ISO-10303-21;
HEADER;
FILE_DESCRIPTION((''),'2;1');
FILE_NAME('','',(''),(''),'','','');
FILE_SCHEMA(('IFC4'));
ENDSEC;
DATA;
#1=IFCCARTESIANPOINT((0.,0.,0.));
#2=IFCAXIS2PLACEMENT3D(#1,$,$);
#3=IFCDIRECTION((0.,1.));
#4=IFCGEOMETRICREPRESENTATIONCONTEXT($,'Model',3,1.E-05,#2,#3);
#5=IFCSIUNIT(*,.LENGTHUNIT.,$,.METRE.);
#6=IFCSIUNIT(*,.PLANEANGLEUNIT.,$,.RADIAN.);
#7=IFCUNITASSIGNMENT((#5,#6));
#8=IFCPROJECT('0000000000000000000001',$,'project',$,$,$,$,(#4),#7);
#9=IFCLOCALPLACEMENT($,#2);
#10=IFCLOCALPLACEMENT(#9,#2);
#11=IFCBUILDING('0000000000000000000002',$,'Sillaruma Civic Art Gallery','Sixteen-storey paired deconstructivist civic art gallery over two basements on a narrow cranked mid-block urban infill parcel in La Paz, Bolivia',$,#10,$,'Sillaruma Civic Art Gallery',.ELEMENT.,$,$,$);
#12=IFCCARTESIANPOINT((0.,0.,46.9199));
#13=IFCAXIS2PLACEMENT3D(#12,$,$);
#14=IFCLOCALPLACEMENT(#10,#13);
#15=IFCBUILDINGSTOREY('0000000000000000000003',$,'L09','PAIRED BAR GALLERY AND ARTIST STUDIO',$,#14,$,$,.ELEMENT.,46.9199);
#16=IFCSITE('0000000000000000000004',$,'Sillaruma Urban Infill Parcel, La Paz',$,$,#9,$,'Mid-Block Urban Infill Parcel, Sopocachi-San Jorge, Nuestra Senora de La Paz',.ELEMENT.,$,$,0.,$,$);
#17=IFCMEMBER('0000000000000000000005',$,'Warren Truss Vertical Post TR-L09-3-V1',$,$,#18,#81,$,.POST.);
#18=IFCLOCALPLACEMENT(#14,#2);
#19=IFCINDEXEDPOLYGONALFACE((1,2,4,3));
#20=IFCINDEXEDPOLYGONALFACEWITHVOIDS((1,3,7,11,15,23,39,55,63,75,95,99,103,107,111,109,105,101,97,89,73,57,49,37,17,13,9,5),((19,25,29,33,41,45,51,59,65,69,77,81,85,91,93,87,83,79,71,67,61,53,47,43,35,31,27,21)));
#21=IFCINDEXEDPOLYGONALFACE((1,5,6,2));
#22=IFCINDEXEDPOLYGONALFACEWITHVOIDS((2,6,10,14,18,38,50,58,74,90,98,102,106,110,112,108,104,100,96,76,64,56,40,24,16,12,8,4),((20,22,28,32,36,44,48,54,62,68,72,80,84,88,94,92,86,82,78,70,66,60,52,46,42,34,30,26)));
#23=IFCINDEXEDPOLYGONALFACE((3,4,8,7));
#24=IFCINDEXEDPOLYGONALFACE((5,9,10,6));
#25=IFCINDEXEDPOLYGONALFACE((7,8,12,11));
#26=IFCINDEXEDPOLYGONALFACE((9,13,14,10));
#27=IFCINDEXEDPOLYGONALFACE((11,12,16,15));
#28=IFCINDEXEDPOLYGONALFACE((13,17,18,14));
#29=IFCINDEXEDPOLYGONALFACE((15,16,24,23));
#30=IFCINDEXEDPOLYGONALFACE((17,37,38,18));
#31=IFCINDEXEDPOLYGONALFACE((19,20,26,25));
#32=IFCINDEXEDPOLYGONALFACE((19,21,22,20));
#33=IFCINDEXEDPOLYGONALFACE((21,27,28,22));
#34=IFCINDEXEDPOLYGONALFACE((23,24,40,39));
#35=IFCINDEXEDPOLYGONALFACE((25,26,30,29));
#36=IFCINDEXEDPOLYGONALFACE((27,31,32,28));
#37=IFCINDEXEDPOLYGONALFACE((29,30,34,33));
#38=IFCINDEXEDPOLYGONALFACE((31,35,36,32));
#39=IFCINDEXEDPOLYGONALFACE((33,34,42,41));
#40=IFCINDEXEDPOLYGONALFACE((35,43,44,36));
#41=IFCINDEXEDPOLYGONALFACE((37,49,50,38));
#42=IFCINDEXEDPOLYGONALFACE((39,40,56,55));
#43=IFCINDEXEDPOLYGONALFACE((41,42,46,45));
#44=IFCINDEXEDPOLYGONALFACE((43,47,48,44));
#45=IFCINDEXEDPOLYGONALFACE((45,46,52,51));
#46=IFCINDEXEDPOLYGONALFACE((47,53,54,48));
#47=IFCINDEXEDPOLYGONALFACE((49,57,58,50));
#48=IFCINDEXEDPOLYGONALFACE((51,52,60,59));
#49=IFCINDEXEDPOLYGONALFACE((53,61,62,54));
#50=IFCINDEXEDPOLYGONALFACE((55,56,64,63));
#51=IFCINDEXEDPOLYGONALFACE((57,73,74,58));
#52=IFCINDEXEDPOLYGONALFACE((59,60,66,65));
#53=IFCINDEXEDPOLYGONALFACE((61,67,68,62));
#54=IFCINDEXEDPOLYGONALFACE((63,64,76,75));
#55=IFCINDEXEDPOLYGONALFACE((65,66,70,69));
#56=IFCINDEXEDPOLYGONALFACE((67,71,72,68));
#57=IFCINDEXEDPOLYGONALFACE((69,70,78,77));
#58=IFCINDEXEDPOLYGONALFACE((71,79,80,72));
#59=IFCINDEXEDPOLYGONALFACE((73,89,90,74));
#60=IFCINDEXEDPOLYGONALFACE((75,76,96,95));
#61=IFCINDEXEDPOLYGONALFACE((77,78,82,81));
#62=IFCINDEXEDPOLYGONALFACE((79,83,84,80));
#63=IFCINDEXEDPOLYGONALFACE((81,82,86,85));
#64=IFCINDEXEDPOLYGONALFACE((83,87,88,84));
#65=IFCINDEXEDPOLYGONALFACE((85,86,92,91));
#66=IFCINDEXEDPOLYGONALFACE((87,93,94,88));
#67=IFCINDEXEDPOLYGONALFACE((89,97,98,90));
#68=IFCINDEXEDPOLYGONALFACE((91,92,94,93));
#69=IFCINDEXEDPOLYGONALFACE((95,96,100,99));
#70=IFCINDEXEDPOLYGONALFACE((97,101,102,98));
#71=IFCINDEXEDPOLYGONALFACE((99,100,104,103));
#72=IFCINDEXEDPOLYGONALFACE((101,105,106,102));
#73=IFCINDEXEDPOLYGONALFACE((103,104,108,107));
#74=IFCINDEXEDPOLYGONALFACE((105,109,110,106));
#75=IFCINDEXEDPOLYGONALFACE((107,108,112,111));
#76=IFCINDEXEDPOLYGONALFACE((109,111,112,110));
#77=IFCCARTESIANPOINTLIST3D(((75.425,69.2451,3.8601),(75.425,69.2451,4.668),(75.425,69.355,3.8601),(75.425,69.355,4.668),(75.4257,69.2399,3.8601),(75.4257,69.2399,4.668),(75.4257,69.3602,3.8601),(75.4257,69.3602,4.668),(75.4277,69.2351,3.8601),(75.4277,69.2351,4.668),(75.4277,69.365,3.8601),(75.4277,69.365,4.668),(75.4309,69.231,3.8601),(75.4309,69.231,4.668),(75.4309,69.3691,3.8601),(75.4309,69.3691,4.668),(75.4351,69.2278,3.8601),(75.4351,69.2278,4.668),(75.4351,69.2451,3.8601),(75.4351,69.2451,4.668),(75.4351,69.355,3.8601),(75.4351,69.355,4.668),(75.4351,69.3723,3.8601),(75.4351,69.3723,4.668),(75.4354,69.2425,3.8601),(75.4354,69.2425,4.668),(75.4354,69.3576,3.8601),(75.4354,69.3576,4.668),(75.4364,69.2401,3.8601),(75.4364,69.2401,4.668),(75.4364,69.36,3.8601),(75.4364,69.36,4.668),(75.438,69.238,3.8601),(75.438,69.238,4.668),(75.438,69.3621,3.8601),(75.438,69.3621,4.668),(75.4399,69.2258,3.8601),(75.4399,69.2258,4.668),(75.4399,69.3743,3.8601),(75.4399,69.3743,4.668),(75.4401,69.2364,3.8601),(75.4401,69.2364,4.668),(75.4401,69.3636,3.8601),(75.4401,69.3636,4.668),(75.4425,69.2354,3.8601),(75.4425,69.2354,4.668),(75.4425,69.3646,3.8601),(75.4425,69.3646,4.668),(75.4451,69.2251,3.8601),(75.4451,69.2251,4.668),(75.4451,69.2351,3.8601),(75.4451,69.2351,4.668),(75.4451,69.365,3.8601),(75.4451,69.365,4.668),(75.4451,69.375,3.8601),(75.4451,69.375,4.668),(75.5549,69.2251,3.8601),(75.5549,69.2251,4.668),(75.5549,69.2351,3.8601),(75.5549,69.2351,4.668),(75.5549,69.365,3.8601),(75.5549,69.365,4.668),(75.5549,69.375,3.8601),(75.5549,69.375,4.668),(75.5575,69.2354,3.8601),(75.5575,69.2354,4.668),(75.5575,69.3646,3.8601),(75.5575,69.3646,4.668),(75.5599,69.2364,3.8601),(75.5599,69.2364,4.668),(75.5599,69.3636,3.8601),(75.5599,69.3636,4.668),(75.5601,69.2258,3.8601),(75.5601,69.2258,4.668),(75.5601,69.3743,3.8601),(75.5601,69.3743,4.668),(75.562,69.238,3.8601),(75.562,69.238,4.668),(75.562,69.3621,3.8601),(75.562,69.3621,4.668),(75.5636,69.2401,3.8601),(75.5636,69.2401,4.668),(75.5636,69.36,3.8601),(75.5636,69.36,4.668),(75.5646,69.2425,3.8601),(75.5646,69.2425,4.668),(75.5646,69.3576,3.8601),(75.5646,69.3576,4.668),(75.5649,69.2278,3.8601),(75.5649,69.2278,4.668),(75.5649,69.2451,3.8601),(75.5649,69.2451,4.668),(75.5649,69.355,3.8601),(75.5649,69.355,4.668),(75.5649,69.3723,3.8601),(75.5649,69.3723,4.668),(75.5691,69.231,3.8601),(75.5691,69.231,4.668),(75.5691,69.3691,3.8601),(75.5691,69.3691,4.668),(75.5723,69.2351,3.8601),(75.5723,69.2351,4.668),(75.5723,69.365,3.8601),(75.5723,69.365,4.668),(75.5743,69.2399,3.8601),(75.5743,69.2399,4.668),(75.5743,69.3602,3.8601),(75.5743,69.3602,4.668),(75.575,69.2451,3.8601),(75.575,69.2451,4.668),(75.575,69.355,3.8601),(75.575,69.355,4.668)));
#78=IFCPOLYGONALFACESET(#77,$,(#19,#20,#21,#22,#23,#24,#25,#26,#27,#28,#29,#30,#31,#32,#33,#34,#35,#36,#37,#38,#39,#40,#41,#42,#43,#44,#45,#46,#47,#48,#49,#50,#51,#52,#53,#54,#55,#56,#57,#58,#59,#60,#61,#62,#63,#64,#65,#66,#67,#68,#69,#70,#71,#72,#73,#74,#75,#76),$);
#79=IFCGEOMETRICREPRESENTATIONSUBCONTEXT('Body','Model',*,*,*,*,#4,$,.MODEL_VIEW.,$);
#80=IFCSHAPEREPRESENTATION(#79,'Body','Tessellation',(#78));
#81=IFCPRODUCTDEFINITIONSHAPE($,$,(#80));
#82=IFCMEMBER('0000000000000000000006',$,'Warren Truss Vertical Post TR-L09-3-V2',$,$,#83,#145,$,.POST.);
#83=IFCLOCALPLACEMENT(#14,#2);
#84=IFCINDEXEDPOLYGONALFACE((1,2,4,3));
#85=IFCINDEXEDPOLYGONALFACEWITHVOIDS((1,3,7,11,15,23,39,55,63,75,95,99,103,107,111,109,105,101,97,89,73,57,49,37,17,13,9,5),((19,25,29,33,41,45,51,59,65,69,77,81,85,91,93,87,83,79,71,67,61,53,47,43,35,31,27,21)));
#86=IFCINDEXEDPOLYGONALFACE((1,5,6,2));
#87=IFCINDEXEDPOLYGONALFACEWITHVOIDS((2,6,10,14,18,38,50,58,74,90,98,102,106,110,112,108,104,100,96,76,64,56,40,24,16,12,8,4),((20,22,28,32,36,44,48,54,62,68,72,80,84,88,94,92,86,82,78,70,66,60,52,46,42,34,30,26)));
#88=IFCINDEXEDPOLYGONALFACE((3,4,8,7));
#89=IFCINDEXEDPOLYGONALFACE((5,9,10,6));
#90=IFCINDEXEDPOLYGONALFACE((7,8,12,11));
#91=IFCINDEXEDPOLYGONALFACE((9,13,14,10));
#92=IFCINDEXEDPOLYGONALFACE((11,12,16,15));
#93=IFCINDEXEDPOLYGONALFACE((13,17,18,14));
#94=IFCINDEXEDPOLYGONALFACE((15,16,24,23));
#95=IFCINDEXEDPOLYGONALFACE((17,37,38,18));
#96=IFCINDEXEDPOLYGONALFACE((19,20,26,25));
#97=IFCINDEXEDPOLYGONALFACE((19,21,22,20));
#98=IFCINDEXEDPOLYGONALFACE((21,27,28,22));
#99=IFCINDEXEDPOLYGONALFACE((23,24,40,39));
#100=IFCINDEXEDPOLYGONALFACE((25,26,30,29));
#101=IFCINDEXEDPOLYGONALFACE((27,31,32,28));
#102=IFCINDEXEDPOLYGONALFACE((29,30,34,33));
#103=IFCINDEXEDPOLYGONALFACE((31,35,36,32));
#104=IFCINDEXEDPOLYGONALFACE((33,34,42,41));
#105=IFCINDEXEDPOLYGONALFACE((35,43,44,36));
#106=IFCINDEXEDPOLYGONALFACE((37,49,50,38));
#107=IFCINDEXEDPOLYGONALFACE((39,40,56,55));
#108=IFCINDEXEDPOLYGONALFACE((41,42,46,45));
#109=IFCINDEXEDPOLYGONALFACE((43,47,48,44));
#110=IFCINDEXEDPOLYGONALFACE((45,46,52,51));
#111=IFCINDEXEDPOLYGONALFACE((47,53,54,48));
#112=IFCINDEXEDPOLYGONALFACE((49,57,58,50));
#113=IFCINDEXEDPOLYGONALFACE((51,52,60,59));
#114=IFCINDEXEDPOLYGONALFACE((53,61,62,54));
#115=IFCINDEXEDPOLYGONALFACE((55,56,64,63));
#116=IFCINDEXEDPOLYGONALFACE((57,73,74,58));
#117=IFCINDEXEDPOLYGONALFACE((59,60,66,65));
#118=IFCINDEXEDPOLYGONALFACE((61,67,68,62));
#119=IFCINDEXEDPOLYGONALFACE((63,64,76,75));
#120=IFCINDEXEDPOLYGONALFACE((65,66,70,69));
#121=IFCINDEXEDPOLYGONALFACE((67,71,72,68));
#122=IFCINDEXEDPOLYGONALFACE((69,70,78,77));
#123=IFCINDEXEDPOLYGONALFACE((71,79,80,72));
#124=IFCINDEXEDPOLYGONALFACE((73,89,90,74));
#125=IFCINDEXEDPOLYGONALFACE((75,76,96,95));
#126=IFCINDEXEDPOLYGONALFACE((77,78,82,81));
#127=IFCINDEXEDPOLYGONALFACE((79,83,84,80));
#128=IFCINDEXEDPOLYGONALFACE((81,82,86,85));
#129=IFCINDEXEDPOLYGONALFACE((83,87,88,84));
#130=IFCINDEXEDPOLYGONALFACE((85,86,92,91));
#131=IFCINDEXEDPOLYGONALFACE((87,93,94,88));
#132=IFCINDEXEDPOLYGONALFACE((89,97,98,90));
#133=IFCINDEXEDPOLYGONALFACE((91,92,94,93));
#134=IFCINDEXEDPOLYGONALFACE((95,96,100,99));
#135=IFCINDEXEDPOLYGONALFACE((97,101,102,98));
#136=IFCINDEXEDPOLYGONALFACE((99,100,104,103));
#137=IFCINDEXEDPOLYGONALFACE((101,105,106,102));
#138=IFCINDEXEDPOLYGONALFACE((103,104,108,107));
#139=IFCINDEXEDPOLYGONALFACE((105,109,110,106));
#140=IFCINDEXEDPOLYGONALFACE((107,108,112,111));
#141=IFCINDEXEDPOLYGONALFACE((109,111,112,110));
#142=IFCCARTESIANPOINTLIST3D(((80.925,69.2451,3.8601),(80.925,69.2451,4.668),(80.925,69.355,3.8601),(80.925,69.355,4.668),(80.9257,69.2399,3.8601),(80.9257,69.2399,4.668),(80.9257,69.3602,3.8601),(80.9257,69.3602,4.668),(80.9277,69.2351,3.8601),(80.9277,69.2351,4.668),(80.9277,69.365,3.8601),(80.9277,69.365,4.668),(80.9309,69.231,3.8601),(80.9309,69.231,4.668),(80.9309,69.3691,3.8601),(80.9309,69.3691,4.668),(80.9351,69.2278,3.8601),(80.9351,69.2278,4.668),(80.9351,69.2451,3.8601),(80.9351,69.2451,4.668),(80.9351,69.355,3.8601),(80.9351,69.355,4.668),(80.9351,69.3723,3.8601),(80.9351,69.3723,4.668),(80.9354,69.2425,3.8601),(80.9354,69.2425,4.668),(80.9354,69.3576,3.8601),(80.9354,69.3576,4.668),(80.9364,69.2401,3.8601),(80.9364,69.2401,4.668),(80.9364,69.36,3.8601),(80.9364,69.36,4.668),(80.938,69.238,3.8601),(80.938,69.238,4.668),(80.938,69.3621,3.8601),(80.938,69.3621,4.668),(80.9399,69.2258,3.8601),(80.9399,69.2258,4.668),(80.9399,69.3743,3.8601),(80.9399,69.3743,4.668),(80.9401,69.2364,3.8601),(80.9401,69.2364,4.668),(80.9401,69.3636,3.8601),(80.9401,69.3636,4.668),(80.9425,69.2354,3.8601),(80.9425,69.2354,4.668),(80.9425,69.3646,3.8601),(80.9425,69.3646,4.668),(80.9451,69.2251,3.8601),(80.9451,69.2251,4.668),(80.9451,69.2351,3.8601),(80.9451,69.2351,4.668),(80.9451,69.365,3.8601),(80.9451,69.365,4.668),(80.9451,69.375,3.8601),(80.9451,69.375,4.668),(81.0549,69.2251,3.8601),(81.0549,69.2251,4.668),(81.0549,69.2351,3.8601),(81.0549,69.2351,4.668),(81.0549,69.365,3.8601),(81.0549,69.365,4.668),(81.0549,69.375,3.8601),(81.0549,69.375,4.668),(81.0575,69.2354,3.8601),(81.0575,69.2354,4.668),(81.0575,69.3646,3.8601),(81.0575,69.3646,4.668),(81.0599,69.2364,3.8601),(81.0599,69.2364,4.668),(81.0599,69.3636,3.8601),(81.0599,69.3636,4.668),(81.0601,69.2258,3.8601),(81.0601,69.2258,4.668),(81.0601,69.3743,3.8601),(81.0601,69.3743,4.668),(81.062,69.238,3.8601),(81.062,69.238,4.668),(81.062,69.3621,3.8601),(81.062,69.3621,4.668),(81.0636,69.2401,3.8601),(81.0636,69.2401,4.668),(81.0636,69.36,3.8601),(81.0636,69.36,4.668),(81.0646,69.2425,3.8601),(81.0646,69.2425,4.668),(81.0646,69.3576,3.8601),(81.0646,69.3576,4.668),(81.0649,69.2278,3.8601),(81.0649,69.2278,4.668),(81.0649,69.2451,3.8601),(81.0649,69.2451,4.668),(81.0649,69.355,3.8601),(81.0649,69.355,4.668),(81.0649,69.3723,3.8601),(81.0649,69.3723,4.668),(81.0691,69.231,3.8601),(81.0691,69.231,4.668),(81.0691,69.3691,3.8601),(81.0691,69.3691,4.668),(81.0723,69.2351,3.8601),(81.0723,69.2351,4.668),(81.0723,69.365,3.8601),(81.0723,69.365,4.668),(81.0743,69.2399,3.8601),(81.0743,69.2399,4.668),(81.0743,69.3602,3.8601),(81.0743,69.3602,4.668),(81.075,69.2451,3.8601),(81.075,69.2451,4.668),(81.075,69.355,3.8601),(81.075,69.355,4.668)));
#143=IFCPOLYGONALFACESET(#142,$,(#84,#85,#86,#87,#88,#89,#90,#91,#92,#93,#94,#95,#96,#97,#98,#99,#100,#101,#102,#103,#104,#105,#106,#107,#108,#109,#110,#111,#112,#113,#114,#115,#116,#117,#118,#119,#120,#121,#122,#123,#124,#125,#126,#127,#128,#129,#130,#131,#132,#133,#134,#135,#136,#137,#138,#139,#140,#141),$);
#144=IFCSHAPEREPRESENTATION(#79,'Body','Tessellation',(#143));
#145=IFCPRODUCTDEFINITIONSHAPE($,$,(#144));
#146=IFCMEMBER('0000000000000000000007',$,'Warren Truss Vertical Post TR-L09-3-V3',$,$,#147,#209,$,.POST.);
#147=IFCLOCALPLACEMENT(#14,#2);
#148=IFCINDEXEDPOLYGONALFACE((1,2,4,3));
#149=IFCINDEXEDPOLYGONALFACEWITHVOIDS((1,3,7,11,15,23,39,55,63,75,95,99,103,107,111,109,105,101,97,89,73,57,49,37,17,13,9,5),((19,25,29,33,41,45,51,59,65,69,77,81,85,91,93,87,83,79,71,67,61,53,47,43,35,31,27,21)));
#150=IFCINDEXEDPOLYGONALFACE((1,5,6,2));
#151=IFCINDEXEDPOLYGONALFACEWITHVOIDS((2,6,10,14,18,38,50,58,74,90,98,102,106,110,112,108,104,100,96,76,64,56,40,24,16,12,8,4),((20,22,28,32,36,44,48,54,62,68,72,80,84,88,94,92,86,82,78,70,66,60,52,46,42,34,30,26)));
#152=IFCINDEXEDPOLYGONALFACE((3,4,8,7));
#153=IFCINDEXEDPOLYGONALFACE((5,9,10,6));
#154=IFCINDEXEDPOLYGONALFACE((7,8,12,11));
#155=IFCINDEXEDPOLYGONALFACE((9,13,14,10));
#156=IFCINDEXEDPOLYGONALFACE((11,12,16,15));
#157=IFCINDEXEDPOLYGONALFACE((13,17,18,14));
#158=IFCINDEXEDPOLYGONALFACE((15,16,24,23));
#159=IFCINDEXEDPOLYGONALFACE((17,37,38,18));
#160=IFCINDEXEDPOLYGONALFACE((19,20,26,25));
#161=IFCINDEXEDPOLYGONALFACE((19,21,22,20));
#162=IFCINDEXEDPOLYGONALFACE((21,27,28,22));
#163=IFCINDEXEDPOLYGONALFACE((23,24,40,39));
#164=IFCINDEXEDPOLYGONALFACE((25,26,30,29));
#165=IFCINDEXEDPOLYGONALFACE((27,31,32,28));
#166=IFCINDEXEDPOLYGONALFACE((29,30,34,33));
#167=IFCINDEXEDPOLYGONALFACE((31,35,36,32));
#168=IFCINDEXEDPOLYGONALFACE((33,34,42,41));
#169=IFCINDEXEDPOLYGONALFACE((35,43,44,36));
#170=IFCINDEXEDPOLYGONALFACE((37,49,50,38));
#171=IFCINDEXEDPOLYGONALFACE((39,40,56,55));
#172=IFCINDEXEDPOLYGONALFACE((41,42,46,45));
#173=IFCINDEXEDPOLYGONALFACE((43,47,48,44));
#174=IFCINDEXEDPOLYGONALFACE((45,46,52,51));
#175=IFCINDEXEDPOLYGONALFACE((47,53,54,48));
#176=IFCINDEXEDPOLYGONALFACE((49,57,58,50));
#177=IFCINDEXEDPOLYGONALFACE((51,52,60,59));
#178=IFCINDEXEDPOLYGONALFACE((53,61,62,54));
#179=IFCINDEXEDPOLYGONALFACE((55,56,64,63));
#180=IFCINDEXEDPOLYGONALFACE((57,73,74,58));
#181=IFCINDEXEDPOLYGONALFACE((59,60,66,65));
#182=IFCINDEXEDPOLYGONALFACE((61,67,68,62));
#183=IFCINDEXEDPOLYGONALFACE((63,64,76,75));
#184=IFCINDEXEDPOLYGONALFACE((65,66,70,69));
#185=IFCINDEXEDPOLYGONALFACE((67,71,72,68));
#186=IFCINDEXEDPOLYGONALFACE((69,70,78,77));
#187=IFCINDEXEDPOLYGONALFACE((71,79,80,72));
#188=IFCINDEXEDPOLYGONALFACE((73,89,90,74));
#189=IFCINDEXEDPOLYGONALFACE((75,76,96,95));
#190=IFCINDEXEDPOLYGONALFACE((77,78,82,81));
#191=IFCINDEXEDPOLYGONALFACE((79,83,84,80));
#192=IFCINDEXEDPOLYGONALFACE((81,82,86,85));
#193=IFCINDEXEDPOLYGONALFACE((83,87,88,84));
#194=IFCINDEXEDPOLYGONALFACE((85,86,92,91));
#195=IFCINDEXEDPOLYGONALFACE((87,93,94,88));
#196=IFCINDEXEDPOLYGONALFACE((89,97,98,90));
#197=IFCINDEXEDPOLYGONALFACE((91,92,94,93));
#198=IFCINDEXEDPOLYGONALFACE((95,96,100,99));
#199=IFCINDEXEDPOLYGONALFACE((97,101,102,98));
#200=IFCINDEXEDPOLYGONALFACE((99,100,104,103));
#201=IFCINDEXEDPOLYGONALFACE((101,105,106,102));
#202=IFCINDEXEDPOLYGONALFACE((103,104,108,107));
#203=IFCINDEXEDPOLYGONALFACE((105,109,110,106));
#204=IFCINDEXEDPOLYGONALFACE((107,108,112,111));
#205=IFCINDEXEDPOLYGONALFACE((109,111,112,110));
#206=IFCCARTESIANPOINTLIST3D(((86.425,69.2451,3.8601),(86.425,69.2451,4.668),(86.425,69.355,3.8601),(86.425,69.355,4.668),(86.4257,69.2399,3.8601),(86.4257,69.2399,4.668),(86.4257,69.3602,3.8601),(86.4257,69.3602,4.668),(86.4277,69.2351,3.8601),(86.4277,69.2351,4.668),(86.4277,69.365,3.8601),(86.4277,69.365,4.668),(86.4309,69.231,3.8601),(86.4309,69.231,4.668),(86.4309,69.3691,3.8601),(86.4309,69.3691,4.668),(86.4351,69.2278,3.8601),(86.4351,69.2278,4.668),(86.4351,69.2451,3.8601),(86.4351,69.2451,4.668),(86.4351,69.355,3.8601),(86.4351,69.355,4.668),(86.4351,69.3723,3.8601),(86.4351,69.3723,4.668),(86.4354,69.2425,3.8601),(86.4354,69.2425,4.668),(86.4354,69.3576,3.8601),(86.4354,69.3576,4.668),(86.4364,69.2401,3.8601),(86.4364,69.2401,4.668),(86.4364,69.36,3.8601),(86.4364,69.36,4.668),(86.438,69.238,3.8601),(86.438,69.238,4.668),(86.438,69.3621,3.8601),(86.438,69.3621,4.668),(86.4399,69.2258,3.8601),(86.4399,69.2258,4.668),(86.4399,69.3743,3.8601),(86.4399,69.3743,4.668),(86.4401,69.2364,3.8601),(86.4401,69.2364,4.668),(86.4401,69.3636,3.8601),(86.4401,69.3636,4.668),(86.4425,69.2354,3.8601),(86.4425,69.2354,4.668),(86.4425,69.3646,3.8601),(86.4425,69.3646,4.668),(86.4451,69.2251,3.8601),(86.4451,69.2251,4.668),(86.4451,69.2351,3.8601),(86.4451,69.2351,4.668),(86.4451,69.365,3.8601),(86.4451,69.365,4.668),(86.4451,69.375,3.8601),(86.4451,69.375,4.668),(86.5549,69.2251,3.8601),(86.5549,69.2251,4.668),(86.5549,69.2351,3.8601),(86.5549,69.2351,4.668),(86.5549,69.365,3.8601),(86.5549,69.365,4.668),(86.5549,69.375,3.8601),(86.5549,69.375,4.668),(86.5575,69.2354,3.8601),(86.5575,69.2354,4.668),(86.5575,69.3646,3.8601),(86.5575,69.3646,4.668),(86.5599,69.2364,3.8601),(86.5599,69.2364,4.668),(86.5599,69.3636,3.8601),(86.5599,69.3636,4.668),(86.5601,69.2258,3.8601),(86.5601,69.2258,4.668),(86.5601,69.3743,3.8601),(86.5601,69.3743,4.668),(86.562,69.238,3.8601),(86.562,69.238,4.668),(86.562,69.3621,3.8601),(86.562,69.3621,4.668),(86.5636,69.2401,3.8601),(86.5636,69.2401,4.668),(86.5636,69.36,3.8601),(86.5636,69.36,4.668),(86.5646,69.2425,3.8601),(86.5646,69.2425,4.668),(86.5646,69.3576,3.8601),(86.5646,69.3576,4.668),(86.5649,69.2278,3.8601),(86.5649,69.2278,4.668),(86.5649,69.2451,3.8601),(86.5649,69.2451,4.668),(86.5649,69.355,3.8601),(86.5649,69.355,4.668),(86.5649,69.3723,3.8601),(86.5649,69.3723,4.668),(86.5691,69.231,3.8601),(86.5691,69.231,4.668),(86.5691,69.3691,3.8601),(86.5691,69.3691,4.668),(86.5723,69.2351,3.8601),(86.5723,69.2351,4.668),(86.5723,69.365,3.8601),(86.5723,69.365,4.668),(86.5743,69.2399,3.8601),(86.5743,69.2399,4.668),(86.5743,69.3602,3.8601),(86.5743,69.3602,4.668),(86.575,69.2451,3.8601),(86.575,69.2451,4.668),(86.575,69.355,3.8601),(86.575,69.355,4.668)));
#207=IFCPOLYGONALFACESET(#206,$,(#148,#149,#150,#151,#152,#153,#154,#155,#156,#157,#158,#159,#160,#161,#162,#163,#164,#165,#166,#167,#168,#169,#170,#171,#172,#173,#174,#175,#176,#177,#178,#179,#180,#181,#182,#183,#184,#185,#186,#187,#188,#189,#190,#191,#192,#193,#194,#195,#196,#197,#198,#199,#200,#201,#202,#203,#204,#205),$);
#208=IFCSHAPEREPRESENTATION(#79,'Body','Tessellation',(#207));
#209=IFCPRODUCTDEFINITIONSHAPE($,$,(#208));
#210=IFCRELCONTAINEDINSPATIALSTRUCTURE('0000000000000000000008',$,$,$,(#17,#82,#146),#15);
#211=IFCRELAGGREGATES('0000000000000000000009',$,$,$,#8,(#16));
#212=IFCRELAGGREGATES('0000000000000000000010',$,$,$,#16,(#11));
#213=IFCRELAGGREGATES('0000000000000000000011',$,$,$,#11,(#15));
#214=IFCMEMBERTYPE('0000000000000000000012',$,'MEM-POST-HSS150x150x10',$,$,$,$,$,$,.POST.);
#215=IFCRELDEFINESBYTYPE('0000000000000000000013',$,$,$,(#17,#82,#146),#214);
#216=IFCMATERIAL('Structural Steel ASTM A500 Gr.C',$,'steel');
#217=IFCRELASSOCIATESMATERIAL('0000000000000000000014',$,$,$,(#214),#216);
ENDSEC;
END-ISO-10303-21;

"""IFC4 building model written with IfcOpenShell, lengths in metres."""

from ifc_helpers import new_model, si_unit, direction, frame, origin, origin_2d, place, context, subcontext, project, spatial, hollow_rectangle, extrude, material, material_profile, profile_set, type_object, element, save


model = new_model("IFC4")

# Units and contexts
model_context = context("Model", 3, precision=1e-05, world=origin(), true_north=direction((0.0, 1.0)))
body_context = subcontext(model_context, "Body", "Model", "MODEL_VIEW")
ifc_project = project(units=[si_unit("LENGTHUNIT", "METRE"), si_unit("PLANEANGLEUNIT", "RADIAN")], contexts=[model_context])

# Site, building, storey
site_placement = place(None, origin())
site = spatial("IfcSite", under=ifc_project, at=site_placement, Name="Sillaruma Urban Infill Parcel, La Paz", LongName="Mid-Block Urban Infill Parcel, Sopocachi-San Jorge, Nuestra Senora de La Paz", CompositionType="ELEMENT", RefElevation=0.0)
building_placement = place(site_placement, origin())
building = spatial("IfcBuilding", under=site, at=building_placement, Name="Sillaruma Civic Art Gallery", Description="Sixteen-storey paired deconstructivist civic art gallery over two basements on a narrow cranked mid-block urban infill parcel in La Paz, Bolivia", LongName="Sillaruma Civic Art Gallery", CompositionType="ELEMENT")
storey_placement = place(building_placement, frame((0.0, 0.0, 46.9199)))
storey = spatial("IfcBuildingStorey", under=building, at=storey_placement, Name="L09", Description="PAIRED BAR GALLERY AND ARTIST STUDIO", CompositionType="ELEMENT", Elevation=46.9199)

# Members
ifc_material_1 = material(Name="Structural Steel ASTM A500 Gr.C", Category="steel")
ifc_material_profile_1 = material_profile(ifc_material_1, hollow_rectangle(XDim=0.1499, YDim=0.1499, WallThickness=0.01, InnerFilletRadius=0.01, OuterFilletRadius=0.02, at=origin_2d()), Name="HSS150x150x10")
ifc_profile_set_1 = profile_set([ifc_material_profile_1], Name="Structural Steel ASTM A500 Gr.C")
member_type_1 = type_object("IfcMemberType", Name="MEM-POST-HSS150x150x10", PredefinedType="POST", material=ifc_profile_set_1)
for number, where, z_axis, x_axis, name in (
    (1, (75.5, 69.3, 3.8601), (0.0, 0.0, 1.0), (1.0, 0.0, 0.0), "Warren Truss Vertical Post TR-L09-3-V1"),
    (2, (81.0, 69.3, 3.8601), (0.0, 0.0, 1.0), (1.0, 0.0, 0.0), "Warren Truss Vertical Post TR-L09-3-V2"),
    (3, (86.5, 69.3, 3.8601), (0.0, 0.0, 1.0), (1.0, 0.0, 0.0), "Warren Truss Vertical Post TR-L09-3-V3"),
):
    element("IfcMember", number, at=place(storey_placement, frame(where, z_axis=z_axis, x_axis=x_axis)), inside=storey, type_object=member_type_1, Name=name, PredefinedType="POST", context=body_context, shape_type="SweptSolid", body=[
        extrude(hollow_rectangle(XDim=0.1499, YDim=0.1499, WallThickness=0.01, InnerFilletRadius=0.01, OuterFilletRadius=0.02, at=origin_2d()), origin(), (0.0, 0.0, 1.0), 0.8079),
    ])

save(model, "model.ifc")
